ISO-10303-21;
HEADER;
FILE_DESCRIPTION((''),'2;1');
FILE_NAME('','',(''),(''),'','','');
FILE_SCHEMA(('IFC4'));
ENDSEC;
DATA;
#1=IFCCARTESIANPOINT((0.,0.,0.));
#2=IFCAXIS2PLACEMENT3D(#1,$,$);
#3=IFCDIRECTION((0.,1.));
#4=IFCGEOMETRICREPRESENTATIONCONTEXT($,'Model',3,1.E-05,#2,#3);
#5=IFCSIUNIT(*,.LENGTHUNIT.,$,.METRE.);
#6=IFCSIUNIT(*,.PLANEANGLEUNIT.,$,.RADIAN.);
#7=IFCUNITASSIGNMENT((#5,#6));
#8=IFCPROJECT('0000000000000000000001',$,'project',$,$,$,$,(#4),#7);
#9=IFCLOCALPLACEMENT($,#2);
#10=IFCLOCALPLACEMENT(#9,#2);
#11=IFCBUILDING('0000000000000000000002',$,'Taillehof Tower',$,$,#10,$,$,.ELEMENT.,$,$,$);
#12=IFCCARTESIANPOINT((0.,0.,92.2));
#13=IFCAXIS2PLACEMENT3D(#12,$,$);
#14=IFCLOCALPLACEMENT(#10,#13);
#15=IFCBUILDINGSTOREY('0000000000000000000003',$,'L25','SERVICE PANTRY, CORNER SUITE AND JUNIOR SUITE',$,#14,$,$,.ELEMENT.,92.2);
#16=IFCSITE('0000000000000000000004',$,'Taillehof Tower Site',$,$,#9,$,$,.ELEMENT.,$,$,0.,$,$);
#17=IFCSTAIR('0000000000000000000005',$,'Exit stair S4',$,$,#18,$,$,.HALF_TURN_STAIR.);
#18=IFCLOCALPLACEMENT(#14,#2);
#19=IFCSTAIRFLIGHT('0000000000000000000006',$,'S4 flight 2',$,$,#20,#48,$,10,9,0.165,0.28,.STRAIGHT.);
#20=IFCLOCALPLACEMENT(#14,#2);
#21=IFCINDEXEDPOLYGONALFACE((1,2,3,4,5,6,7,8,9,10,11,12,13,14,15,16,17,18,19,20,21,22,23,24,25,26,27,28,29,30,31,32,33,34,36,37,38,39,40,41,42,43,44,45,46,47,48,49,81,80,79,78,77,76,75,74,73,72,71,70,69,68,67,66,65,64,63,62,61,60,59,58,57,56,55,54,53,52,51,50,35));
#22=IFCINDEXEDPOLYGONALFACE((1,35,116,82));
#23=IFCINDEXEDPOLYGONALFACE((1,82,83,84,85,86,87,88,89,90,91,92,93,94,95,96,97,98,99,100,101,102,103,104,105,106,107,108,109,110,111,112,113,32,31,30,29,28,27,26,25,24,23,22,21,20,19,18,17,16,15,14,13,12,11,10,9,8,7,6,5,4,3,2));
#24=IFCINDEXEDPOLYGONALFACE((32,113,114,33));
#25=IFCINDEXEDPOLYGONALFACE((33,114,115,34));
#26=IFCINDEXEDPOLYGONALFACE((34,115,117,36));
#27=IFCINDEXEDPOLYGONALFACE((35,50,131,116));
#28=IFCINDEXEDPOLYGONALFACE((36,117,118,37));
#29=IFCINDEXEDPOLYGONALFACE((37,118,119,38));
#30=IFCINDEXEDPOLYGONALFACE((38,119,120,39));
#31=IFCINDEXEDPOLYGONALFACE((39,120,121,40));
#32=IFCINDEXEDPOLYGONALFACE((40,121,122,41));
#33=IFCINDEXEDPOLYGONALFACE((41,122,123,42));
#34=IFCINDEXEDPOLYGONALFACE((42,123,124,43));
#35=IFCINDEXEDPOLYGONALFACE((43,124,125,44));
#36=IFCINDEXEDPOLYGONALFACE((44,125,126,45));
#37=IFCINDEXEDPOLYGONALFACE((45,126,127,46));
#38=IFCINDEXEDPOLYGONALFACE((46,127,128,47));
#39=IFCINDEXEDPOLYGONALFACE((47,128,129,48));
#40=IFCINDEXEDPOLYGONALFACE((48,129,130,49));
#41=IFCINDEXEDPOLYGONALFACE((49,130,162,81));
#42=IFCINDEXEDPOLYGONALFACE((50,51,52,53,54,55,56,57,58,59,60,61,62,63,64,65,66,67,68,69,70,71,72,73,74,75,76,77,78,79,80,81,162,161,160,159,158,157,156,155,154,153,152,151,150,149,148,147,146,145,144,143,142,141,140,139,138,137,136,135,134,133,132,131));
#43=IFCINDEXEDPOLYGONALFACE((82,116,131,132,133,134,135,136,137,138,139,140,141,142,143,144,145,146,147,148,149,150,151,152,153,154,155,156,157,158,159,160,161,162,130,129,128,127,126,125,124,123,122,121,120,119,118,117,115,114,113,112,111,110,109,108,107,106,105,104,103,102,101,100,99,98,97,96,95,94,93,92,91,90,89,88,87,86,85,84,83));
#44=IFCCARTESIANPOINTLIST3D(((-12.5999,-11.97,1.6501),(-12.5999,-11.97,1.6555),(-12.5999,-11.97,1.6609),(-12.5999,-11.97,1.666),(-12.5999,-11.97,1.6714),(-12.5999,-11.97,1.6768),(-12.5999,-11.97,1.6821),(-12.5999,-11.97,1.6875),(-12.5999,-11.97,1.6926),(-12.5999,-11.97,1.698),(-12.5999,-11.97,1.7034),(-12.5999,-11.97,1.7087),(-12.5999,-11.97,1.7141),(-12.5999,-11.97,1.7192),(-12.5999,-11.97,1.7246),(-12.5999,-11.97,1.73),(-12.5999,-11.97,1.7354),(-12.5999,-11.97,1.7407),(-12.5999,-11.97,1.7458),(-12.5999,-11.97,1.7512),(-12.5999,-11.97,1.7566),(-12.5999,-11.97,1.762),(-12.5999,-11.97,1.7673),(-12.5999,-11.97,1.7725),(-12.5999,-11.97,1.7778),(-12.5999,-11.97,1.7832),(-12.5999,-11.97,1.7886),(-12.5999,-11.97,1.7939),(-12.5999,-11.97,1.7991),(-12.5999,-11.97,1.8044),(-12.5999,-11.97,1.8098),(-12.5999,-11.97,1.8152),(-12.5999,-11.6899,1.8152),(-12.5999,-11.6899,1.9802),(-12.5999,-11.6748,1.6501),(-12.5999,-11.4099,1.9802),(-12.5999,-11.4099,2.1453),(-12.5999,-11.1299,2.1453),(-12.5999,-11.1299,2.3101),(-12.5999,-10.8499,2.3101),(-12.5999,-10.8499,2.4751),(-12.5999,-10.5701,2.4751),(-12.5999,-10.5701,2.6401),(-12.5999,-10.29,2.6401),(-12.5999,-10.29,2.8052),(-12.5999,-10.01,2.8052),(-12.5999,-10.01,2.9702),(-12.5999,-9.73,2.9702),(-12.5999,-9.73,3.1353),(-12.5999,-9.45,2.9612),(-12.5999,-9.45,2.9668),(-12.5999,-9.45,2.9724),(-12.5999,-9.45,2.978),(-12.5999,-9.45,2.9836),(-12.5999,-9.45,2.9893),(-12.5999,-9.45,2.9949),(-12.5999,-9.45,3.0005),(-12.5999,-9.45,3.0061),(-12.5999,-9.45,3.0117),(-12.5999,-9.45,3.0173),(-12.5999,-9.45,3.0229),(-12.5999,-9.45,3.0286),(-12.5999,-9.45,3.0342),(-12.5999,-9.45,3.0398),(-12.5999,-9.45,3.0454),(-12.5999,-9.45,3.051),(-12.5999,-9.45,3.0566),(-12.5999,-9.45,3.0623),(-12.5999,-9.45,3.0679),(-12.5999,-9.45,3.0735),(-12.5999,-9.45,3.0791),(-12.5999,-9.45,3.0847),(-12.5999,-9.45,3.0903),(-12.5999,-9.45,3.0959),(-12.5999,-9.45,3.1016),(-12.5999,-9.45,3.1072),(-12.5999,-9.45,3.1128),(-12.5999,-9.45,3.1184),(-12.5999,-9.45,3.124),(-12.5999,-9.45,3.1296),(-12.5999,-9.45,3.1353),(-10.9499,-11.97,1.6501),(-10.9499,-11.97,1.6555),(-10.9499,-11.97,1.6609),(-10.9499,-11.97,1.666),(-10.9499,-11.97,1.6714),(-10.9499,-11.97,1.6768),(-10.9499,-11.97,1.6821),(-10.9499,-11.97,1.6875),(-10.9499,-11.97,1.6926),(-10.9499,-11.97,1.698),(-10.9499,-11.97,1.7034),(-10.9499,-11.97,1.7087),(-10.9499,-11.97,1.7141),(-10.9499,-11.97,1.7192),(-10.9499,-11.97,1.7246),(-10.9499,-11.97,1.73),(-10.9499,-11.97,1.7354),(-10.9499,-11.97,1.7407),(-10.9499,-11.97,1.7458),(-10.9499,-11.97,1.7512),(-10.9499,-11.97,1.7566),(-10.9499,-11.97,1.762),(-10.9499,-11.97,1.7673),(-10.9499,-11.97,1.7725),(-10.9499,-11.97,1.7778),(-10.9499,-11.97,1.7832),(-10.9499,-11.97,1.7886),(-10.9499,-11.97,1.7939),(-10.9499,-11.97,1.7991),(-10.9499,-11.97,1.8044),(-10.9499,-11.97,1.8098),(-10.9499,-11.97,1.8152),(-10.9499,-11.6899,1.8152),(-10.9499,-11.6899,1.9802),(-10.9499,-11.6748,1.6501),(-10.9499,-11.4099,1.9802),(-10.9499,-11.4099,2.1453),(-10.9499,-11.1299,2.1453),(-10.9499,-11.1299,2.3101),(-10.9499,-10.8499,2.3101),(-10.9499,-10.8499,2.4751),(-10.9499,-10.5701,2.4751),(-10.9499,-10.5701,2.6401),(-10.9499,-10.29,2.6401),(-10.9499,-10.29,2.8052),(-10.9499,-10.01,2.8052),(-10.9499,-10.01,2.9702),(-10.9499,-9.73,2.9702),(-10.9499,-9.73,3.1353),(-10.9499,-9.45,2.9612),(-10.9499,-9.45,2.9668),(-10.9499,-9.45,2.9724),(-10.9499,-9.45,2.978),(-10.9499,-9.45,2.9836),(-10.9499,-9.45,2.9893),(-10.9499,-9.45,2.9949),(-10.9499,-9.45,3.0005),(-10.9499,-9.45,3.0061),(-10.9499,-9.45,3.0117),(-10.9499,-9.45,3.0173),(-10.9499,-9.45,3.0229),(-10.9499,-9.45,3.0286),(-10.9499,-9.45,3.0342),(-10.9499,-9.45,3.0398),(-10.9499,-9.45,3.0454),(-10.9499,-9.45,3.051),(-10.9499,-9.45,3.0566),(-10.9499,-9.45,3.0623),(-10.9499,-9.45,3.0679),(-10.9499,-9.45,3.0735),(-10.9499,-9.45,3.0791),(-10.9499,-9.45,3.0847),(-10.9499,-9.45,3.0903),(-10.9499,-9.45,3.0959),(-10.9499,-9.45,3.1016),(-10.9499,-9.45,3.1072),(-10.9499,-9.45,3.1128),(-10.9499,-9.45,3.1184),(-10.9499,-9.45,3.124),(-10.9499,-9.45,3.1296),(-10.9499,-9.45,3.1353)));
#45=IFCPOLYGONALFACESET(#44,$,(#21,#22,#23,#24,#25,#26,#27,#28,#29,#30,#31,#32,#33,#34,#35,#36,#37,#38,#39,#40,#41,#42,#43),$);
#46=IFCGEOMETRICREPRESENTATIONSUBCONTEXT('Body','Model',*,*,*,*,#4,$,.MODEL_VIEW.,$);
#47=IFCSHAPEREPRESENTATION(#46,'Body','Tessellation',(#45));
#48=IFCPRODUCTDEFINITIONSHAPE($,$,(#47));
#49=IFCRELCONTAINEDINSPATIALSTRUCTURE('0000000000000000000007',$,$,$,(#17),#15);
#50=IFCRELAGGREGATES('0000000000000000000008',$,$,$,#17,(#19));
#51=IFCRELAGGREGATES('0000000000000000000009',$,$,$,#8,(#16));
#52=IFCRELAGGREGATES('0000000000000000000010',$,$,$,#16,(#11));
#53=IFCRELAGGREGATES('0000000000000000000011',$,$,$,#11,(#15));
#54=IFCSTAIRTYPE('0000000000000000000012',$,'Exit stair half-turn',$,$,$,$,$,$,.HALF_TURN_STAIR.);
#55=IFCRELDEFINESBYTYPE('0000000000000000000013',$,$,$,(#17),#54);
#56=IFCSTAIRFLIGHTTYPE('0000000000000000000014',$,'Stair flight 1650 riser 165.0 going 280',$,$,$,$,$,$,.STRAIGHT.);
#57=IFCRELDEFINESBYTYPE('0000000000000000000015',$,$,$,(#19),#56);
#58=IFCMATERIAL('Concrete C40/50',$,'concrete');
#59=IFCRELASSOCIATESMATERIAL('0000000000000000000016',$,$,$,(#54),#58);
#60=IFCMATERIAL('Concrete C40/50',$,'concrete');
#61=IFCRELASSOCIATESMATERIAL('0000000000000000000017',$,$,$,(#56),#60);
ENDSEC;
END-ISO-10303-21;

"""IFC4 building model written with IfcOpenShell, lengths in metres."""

from ifc_helpers import new_model, si_unit, direction, frame, origin, place, context, subcontext, project, spatial, polyline, outline, extrude, material, type_object, element, aggregate, save


model = new_model("IFC4")

# Units and contexts
model_context = context("Model", 3, precision=1e-05, world=origin(), true_north=direction((0.0, 1.0)))
body_context = subcontext(model_context, "Body", "Model", "MODEL_VIEW")
ifc_project = project(units=[si_unit("LENGTHUNIT", "METRE"), si_unit("PLANEANGLEUNIT", "RADIAN")], contexts=[model_context])

# Site, building, storey
site_placement = place(None, origin())
site = spatial("IfcSite", under=ifc_project, at=site_placement, Name="Taillehof Tower Site", CompositionType="ELEMENT", RefElevation=0.0)
building_placement = place(site_placement, origin())
building = spatial("IfcBuilding", under=site, at=building_placement, Name="Taillehof Tower", CompositionType="ELEMENT")
storey_placement = place(building_placement, frame((0.0, 0.0, 92.2)))
storey = spatial("IfcBuildingStorey", under=building, at=storey_placement, Name="L25", Description="SERVICE PANTRY, CORNER SUITE AND JUNIOR SUITE", CompositionType="ELEMENT", Elevation=92.2)

# Stair, stair flight
ifc_material_1 = material(Name="Concrete C40/50", Category="concrete")
stair_type = type_object("IfcStairType", Name="Exit stair half-turn", PredefinedType="HALF_TURN_STAIR", material=ifc_material_1)
stair_placement = place(storey_placement, origin())
stair = element("IfcStair", 1, at=stair_placement, inside=storey, type_object=stair_type, Name="Exit stair S4", PredefinedType="HALF_TURN_STAIR")
ifc_material_2 = material(Name="Concrete C40/50", Category="concrete")
stair_flight_type = type_object("IfcStairFlightType", Name="Stair flight 1650 riser 165.0 going 280", PredefinedType="STRAIGHT", material=ifc_material_2)
stair_flight_placement = place(storey_placement, frame((-11.7749, -11.97, 1.6501), z_axis=(0.0, 0.0, 1.0), x_axis=(0.0, 1.0, 0.0)))
stair_flight = element("IfcStairFlight", 2, at=stair_flight_placement, type_object=stair_flight_type, Name="S4 flight 2", NumberOfRisers=10, NumberOfTreads=9, PredefinedType="STRAIGHT", RiserHeight=0.165, TreadLength=0.28, context=body_context, shape_type="SweptSolid", body=[
    extrude(outline(polyline([(0.0, 0.0), (0.0, 0.0054), (0.0, 0.0107), (0.0, 0.0159), (0.0, 0.0212), (0.0, 0.0266), (0.0, 0.032), (0.0, 0.0374), (0.0, 0.0425), (0.0, 0.0479), (0.0, 0.0532), (0.0, 0.0586), (0.0, 0.064), (0.0, 0.0691), (0.0, 0.0745), (0.0, 0.0798), (0.0, 0.0852), (0.0, 0.0906), (0.0, 0.0957), (0.0, 0.1011), (0.0, 0.1064), (0.0, 0.1118), (0.0, 0.1172), (0.0, 0.1223), (0.0, 0.1277), (0.0, 0.1331), (0.0, 0.1384), (0.0, 0.1438), (0.0, 0.1489), (0.0, 0.1543), (0.0, 0.1597), (0.0, 0.165), (0.28, 0.165), (0.28, 0.3301), (0.5601, 0.3301), (0.5601, 0.4951), (0.8401, 0.4951), (0.8401, 0.6599), (1.1201, 0.6599), (1.1201, 0.825), (1.3999, 0.825), (1.3999, 0.99), (1.6799, 0.99), (1.6799, 1.155), (1.96, 1.155), (1.96, 1.3201), (2.24, 1.3201), (2.24, 1.4851), (2.52, 1.4851), (2.52, 1.4795), (2.52, 1.4739), (2.52, 1.4683), (2.52, 1.4626), (2.52, 1.457), (2.52, 1.4514), (2.52, 1.4458), (2.52, 1.4402), (2.52, 1.4346), (2.52, 1.429), (2.52, 1.4233), (2.52, 1.4177), (2.52, 1.4121), (2.52, 1.4065), (2.52, 1.4009), (2.52, 1.3953), (2.52, 1.3896), (2.52, 1.384), (2.52, 1.3784), (2.52, 1.3728), (2.52, 1.3672), (2.52, 1.3616), (2.52, 1.356), (2.52, 1.3503), (2.52, 1.3447), (2.52, 1.3391), (2.52, 1.3335), (2.52, 1.3279), (2.52, 1.3223), (2.52, 1.3167), (2.52, 1.311), (0.2952, 0.0), (0.0, 0.0)])), frame((0.0, 0.825, 0.0), z_axis=(0.0, -1.0, 0.0), x_axis=(1.0, 0.0, 0.0)), (0.0, 0.0, 1.0), 1.65),
])
aggregate(stair, [stair_flight])

save(model, "model.ifc")
